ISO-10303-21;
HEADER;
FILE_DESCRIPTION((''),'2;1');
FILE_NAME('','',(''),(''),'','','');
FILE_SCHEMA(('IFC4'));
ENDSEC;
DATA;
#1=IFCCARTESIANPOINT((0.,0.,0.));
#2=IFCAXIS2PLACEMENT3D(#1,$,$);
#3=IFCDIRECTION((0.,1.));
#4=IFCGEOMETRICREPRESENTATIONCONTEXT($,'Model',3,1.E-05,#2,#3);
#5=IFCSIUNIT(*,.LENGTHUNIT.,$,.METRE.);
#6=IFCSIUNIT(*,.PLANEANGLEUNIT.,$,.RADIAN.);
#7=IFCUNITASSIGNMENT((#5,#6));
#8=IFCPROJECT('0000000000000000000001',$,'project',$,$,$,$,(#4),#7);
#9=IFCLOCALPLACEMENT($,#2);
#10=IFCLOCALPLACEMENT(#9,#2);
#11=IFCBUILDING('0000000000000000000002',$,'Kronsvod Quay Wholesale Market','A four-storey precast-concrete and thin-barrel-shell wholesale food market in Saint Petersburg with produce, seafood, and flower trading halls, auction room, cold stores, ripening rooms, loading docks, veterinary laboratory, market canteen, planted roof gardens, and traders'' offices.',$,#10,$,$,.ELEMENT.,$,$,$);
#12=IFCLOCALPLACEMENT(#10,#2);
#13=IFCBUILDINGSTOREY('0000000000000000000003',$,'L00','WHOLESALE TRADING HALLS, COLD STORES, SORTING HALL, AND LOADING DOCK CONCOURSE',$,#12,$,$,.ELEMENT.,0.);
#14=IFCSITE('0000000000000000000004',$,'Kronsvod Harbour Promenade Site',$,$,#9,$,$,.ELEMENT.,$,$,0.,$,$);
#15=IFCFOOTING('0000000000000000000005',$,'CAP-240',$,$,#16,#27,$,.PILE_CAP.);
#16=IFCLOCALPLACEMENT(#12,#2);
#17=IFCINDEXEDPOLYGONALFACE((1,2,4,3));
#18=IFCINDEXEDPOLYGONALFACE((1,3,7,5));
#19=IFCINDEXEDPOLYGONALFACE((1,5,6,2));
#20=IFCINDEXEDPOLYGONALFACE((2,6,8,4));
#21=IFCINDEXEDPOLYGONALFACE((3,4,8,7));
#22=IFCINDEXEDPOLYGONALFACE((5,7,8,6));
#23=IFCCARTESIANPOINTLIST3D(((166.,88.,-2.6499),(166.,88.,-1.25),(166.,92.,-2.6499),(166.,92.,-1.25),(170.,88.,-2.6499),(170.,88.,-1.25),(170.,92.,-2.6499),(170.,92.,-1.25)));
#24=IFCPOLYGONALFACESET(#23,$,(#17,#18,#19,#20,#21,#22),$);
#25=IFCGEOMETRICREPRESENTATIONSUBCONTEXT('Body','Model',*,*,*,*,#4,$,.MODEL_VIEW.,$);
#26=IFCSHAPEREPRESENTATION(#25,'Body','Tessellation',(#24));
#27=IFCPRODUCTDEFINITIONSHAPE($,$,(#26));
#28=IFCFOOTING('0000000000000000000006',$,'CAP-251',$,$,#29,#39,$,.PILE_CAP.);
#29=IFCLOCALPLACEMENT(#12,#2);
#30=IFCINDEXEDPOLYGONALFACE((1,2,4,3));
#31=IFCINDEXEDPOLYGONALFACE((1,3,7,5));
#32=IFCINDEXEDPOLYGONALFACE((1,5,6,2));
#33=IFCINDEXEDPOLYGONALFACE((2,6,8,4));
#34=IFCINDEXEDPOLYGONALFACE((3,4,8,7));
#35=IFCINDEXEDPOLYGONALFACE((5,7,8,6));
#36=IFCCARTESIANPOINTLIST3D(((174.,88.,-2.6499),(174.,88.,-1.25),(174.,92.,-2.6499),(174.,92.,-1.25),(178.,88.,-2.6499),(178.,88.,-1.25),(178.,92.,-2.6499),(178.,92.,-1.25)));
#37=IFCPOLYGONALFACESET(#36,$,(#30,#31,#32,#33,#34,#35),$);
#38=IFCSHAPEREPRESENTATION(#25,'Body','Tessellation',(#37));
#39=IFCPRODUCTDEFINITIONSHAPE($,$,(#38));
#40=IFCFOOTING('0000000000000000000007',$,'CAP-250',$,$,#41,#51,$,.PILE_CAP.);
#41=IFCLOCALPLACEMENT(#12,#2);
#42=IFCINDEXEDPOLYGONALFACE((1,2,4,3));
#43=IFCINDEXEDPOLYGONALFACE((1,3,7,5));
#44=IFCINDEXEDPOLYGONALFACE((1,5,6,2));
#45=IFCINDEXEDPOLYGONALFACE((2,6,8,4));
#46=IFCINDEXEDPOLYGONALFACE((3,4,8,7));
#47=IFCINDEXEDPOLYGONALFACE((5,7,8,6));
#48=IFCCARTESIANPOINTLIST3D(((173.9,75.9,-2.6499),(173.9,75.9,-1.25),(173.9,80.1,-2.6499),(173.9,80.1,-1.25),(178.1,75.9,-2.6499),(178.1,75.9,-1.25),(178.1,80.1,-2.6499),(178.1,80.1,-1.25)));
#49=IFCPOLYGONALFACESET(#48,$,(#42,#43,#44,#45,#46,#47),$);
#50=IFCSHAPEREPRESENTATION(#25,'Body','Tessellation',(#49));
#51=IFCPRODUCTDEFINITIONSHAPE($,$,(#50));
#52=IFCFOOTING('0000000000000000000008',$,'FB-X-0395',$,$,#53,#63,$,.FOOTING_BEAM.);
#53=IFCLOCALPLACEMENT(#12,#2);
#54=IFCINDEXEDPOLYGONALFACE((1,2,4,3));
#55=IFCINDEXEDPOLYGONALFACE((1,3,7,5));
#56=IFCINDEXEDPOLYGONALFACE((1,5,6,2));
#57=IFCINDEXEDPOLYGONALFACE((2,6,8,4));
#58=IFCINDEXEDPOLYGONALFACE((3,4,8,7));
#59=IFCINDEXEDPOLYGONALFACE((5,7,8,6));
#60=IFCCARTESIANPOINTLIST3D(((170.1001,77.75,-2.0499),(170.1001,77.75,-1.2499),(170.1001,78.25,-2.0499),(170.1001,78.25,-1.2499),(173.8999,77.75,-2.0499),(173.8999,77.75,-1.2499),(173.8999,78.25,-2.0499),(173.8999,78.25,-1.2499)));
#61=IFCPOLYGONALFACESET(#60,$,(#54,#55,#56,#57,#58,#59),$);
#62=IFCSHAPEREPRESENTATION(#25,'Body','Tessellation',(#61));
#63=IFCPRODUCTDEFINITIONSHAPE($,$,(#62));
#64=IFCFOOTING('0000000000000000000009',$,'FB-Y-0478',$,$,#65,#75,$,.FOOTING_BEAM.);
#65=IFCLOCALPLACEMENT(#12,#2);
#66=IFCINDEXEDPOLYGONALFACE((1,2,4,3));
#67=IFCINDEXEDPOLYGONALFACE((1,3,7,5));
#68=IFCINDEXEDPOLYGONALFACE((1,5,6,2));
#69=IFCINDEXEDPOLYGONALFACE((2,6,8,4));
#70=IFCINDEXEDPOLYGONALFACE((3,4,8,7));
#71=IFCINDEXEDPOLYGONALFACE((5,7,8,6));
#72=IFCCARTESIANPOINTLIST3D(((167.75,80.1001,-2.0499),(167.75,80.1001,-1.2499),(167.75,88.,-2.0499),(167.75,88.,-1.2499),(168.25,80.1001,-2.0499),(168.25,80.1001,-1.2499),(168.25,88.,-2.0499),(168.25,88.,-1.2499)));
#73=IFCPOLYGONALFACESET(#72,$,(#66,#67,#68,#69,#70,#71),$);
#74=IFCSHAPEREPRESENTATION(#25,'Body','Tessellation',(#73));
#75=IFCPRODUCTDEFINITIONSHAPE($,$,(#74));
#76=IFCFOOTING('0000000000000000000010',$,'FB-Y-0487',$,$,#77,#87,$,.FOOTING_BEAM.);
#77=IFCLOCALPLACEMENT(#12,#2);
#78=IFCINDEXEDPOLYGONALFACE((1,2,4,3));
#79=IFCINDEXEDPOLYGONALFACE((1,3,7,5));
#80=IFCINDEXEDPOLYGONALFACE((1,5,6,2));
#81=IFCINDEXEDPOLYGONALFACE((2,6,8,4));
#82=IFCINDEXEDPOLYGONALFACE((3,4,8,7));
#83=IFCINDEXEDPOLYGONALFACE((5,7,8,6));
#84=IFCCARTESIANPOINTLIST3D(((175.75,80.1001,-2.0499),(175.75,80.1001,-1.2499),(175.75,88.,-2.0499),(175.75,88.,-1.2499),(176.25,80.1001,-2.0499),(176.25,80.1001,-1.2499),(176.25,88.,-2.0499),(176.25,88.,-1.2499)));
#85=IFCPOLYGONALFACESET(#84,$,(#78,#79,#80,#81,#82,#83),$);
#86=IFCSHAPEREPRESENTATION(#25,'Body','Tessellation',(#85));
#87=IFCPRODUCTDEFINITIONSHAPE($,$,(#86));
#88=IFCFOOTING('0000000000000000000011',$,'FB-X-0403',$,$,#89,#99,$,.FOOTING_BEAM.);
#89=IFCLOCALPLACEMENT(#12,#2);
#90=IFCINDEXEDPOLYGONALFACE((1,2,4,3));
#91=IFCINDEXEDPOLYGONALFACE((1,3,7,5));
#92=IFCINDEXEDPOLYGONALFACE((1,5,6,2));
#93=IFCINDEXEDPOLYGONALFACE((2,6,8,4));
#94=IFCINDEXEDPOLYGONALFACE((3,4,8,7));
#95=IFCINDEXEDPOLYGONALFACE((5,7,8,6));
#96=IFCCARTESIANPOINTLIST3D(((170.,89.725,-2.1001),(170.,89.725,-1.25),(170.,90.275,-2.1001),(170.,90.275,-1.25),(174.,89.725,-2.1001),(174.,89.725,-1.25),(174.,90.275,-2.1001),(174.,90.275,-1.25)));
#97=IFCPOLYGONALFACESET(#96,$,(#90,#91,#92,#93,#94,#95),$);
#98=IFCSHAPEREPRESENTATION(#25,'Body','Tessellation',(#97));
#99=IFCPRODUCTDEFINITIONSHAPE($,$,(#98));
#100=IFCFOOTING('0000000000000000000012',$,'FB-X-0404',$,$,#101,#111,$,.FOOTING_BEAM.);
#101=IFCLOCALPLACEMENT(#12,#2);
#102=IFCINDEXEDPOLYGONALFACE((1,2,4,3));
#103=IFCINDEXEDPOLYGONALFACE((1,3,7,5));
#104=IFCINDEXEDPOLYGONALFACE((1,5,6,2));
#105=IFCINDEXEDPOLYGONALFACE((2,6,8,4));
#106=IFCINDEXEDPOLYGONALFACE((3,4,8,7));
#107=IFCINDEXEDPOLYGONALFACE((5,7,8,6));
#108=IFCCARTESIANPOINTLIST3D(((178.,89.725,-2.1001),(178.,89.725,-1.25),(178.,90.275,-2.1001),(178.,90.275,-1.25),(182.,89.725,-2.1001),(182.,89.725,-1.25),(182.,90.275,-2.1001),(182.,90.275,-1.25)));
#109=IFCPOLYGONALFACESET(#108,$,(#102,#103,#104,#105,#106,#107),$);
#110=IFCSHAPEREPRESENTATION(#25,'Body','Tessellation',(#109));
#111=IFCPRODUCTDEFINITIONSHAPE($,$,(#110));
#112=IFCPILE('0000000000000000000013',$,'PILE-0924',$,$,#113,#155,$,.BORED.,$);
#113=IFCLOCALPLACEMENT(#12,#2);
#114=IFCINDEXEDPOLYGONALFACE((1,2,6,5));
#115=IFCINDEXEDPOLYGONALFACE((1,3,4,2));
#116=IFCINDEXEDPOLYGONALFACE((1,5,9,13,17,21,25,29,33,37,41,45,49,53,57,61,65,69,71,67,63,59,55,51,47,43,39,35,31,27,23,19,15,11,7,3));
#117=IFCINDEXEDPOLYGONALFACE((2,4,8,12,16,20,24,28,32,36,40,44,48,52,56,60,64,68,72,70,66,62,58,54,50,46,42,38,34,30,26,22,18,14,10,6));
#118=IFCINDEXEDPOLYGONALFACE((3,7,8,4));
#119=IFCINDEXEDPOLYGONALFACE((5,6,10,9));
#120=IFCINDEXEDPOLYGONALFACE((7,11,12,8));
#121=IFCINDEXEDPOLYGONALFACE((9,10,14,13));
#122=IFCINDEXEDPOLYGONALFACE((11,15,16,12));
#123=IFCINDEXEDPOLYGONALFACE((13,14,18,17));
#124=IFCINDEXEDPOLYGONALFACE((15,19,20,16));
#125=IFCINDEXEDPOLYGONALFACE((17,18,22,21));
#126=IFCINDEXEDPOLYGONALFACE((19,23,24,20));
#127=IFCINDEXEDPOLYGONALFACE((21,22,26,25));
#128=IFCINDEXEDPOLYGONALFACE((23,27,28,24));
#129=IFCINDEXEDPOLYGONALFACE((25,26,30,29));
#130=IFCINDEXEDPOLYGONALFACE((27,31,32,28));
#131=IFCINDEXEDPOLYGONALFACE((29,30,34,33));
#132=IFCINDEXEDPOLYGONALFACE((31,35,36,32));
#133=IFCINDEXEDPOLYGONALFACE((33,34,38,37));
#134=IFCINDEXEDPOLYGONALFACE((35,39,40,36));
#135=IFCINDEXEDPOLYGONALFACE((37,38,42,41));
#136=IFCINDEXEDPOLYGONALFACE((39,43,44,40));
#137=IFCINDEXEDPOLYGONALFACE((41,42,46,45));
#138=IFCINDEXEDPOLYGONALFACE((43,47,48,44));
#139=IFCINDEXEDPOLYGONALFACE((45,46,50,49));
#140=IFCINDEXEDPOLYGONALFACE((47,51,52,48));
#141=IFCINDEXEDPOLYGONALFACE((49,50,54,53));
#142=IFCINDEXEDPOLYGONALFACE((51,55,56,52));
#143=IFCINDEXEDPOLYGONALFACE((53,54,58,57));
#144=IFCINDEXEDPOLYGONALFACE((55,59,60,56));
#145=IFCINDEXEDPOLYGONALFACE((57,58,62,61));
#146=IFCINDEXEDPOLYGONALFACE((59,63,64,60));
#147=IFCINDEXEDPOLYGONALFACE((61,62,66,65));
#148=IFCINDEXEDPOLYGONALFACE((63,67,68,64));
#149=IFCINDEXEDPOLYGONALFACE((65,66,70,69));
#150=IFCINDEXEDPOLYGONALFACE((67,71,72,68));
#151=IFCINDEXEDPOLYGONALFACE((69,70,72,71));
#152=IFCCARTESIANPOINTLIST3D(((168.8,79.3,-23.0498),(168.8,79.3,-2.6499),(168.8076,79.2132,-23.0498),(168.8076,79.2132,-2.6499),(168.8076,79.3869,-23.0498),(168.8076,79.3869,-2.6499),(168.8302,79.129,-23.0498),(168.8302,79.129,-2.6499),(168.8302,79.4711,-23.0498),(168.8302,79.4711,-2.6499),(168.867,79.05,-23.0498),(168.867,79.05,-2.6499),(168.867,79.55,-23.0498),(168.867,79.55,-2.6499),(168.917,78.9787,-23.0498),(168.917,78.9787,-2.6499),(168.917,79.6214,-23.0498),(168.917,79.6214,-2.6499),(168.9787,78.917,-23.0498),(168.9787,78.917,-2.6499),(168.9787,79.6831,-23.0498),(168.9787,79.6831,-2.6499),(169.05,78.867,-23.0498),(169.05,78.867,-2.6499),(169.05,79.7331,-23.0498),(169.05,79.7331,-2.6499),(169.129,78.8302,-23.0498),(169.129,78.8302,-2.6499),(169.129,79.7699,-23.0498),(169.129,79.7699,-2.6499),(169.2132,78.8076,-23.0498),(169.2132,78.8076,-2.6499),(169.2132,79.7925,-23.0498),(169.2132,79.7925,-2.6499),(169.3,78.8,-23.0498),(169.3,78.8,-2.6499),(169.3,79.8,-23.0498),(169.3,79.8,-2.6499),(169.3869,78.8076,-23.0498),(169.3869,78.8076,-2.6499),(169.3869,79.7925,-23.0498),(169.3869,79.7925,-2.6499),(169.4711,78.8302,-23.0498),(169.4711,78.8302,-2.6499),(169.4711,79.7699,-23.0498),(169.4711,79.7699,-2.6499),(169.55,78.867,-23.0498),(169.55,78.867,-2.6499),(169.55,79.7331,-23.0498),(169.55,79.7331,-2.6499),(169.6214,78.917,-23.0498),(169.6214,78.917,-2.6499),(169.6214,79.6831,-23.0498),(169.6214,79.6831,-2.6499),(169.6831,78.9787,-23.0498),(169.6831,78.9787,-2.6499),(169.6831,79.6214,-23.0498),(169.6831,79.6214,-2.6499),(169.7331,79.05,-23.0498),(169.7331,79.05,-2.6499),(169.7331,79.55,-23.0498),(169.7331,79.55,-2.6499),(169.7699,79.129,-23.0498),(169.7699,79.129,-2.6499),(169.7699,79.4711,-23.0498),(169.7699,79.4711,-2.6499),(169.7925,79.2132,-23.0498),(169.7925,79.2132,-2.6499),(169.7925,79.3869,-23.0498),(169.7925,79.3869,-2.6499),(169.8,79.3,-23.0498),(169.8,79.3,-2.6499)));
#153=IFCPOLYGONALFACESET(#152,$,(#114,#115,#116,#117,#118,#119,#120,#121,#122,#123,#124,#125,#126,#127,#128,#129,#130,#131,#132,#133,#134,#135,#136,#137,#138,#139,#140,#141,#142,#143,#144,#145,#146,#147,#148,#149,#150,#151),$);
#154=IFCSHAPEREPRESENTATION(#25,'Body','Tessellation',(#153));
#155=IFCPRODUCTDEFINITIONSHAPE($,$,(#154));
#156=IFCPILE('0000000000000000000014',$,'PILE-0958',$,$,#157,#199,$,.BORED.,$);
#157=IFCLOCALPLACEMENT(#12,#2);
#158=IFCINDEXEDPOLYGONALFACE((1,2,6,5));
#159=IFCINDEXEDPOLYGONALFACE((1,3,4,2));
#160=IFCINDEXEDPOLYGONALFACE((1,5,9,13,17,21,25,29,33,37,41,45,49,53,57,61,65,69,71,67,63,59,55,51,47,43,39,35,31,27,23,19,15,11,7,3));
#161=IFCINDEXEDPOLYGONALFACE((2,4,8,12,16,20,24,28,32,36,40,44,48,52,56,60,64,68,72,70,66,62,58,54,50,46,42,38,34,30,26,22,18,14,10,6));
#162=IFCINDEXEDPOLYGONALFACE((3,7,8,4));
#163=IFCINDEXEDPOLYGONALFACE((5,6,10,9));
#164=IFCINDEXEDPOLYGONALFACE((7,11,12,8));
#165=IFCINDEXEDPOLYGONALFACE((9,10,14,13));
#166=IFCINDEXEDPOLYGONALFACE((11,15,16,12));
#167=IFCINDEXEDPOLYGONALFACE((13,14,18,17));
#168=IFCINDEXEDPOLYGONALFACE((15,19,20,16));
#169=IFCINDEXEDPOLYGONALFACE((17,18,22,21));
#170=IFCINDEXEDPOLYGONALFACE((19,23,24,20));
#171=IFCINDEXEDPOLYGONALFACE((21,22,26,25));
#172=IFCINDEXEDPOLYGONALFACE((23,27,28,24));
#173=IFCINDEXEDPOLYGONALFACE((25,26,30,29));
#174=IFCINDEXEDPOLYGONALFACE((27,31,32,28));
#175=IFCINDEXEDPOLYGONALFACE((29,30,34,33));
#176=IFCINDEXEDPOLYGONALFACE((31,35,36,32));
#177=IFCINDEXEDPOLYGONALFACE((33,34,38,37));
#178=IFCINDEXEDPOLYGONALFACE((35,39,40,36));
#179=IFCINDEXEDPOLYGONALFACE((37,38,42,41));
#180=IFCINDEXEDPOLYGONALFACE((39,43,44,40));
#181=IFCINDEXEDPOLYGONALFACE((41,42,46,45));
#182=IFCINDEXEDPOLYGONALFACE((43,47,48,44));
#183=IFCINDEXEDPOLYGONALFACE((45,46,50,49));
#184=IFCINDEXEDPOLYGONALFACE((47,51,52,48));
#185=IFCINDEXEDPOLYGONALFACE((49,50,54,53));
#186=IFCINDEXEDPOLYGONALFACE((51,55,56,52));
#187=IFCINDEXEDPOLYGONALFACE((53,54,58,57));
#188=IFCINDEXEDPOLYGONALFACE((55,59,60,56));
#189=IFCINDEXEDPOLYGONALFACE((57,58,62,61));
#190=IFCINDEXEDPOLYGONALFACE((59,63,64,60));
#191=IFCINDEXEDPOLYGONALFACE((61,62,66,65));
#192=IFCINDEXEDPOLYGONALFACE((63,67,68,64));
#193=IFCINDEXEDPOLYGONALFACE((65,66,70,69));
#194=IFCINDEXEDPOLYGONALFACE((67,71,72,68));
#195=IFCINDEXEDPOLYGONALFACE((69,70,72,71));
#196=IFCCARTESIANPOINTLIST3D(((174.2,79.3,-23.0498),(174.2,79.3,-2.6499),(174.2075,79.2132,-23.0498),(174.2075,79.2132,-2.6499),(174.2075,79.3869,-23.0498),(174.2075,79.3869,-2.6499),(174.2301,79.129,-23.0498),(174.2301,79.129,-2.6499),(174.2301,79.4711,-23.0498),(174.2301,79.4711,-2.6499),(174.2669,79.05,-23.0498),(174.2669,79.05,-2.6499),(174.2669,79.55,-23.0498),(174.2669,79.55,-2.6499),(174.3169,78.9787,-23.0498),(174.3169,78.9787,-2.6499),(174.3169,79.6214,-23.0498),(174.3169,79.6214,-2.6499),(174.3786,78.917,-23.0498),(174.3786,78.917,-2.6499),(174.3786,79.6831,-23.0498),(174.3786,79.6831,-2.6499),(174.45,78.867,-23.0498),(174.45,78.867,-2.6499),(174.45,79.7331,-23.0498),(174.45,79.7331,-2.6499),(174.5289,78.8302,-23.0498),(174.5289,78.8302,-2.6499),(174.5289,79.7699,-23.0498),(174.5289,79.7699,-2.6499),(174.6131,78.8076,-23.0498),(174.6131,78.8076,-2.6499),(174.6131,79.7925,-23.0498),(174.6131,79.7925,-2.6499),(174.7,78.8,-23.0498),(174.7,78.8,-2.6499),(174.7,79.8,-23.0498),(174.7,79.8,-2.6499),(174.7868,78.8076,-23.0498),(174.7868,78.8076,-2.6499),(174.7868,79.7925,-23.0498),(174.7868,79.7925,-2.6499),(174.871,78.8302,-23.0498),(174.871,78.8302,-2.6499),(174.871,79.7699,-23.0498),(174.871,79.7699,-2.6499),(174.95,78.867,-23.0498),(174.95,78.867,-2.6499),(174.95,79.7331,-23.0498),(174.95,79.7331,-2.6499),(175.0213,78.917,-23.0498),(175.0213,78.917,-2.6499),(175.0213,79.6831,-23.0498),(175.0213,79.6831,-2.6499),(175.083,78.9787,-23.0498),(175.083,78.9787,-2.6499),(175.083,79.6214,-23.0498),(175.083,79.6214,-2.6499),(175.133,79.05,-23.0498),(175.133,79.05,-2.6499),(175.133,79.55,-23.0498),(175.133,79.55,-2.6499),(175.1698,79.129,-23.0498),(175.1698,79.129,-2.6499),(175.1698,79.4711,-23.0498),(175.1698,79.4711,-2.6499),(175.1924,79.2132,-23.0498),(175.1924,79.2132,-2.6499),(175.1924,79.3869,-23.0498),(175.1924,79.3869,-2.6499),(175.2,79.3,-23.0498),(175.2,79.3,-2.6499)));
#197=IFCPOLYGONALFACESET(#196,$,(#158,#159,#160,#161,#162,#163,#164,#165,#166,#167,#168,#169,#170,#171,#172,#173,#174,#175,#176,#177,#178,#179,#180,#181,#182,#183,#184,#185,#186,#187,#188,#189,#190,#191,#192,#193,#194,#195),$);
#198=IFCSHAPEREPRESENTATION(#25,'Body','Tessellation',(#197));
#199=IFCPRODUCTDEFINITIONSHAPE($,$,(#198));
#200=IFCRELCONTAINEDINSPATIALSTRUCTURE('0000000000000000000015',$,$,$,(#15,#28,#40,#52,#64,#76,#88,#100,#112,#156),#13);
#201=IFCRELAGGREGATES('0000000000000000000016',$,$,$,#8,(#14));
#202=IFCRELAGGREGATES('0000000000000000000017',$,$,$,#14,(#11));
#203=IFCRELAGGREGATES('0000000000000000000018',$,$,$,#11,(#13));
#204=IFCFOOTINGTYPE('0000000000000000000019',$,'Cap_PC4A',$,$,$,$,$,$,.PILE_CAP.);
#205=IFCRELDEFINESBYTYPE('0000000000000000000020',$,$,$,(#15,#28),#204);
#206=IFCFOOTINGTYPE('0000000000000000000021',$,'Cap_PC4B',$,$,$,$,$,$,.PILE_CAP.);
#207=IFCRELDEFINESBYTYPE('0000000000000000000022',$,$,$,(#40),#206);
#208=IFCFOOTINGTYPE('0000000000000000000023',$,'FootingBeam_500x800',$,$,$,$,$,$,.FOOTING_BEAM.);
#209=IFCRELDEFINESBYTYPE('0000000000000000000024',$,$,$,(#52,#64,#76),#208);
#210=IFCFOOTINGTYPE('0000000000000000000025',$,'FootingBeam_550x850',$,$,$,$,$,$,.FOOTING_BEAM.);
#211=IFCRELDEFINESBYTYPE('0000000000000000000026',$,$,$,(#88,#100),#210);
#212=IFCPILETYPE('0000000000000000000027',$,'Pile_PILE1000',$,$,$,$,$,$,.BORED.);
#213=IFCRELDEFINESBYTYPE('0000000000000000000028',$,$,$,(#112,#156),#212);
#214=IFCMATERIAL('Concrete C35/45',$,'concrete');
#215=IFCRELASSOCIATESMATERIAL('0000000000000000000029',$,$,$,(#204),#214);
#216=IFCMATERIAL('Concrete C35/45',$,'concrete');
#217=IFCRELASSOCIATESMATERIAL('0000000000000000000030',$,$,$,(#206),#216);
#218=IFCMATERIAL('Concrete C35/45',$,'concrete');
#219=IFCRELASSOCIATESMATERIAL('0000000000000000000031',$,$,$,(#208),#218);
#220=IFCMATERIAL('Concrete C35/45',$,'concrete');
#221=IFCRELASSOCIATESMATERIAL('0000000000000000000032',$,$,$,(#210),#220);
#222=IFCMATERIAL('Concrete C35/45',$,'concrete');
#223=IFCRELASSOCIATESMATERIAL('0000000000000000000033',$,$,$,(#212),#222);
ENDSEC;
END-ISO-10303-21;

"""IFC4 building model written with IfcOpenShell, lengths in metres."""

from ifc_helpers import new_model, si_unit, direction, frame, origin, origin_2d, place, context, subcontext, project, spatial, rectangle, circle, extrude, material, material_profile, profile_set, type_object, element, save


model = new_model("IFC4")

# Units and contexts
model_context = context("Model", 3, precision=1e-05, world=origin(), true_north=direction((0.0, 1.0)))
body_context = subcontext(model_context, "Body", "Model", "MODEL_VIEW")
ifc_project = project(units=[si_unit("LENGTHUNIT", "METRE"), si_unit("PLANEANGLEUNIT", "RADIAN")], contexts=[model_context])

# Site, building, storey
site_placement = place(None, origin())
site = spatial("IfcSite", under=ifc_project, at=site_placement, Name="Kronsvod Harbour Promenade Site", CompositionType="ELEMENT", RefElevation=0.0)
building_placement = place(site_placement, origin())
building = spatial("IfcBuilding", under=site, at=building_placement, Name="Kronsvod Quay Wholesale Market", Description="A four-storey precast-concrete and thin-barrel-shell wholesale food market in Saint Petersburg with produce, seafood, and flower trading halls, auction room, cold stores, ripening rooms, loading docks, veterinary laboratory, market canteen, planted roof gardens, and traders' offices.", CompositionType="ELEMENT")
storey_placement = place(building_placement, origin())
storey = spatial("IfcBuildingStorey", under=building, at=storey_placement, Name="L00", Description="WHOLESALE TRADING HALLS, COLD STORES, SORTING HALL, AND LOADING DOCK CONCOURSE", CompositionType="ELEMENT", Elevation=0.0)

# Footings
ifc_material_1 = material(Name="Concrete C35/45", Category="concrete")
footing_type_1 = type_object("IfcFootingType", Name="Cap_PC4A", PredefinedType="PILE_CAP", material=ifc_material_1)
for number, where, z_axis, x_axis, name in (
    (1, (168.0, 90.0, -2.6499), (0.0, 0.0, 1.0), (1.0, 0.0, 0.0), "CAP-240"),
    (2, (176.0, 90.0, -2.6499), (0.0, 0.0, 1.0), (1.0, 0.0, 0.0), "CAP-251"),
):
    element("IfcFooting", number, at=place(storey_placement, frame(where, z_axis=z_axis, x_axis=x_axis)), inside=storey, type_object=footing_type_1, Name=name, PredefinedType="PILE_CAP", context=body_context, shape_type="SweptSolid", body=[
        extrude(rectangle(XDim=4.0, YDim=4.0, at=origin_2d()), origin(), (0.0, 0.0, 1.0), 1.3999),
    ])
ifc_material_2 = material(Name="Concrete C35/45", Category="concrete")
footing_type_2 = type_object("IfcFootingType", Name="Cap_PC4B", PredefinedType="PILE_CAP", material=ifc_material_2)
footing_1_placement = place(storey_placement, frame((176.0, 78.0, -2.6499), z_axis=(0.0, 0.0, 1.0), x_axis=(1.0, 0.0, 0.0)))
element("IfcFooting", 3, at=footing_1_placement, inside=storey, type_object=footing_type_2, Name="CAP-250", PredefinedType="PILE_CAP", context=body_context, shape_type="SweptSolid", body=[
    extrude(rectangle(XDim=4.2, YDim=4.2, at=origin_2d()), origin(), (0.0, 0.0, 1.0), 1.3999),
])
ifc_material_3 = material(Name="Concrete C35/45", Category="concrete")
ifc_material_profile_1 = material_profile(ifc_material_3, rectangle(XDim=0.5, YDim=0.8, at=origin_2d()), Name="FB-01")
ifc_profile_set_1 = profile_set([ifc_material_profile_1], Name="Concrete C35/45")
footing_type_3 = type_object("IfcFootingType", Name="FootingBeam_500x800", PredefinedType="FOOTING_BEAM", material=ifc_profile_set_1)
footing_2_placement = place(storey_placement, frame((170.1001, 78.0, -1.6499), z_axis=(1.0, 0.0, 0.0), x_axis=(0.0, 1.0, 0.0)))
element("IfcFooting", 4, at=footing_2_placement, inside=storey, type_object=footing_type_3, Name="FB-X-0395", PredefinedType="FOOTING_BEAM", context=body_context, shape_type="SweptSolid", body=[
    extrude(rectangle(XDim=0.5, YDim=0.8, at=origin_2d()), origin(), (0.0, 0.0, 1.0), 3.7998),
])
for number, where, z_axis, x_axis, name in (
    (5, (168.0, 80.1001, -1.6499), (0.0, 1.0, 0.0), (-1.0, 0.0, 0.0), "FB-Y-0478"),
    (6, (176.0, 80.1001, -1.6499), (0.0, 1.0, 0.0), (-1.0, 0.0, 0.0), "FB-Y-0487"),
):
    element("IfcFooting", number, at=place(storey_placement, frame(where, z_axis=z_axis, x_axis=x_axis)), inside=storey, type_object=footing_type_3, Name=name, PredefinedType="FOOTING_BEAM", context=body_context, shape_type="SweptSolid", body=[
        extrude(rectangle(XDim=0.5, YDim=0.8, at=origin_2d()), origin(), (0.0, 0.0, 1.0), 7.8999),
    ])
ifc_material_4 = material(Name="Concrete C35/45", Category="concrete")
ifc_material_profile_2 = material_profile(ifc_material_4, rectangle(XDim=0.55, YDim=0.8501, at=origin_2d()), Name="FB-03")
ifc_profile_set_2 = profile_set([ifc_material_profile_2], Name="Concrete C35/45")
footing_type_4 = type_object("IfcFootingType", Name="FootingBeam_550x850", PredefinedType="FOOTING_BEAM", material=ifc_profile_set_2)
for number, where, z_axis, x_axis, name in (
    (7, (170.0, 90.0, -1.675), (1.0, 0.0, 0.0), (0.0, 1.0, 0.0), "FB-X-0403"),
    (8, (178.0, 90.0, -1.675), (1.0, 0.0, 0.0), (0.0, 1.0, 0.0), "FB-X-0404"),
):
    element("IfcFooting", number, at=place(storey_placement, frame(where, z_axis=z_axis, x_axis=x_axis)), inside=storey, type_object=footing_type_4, Name=name, PredefinedType="FOOTING_BEAM", context=body_context, shape_type="SweptSolid", body=[
        extrude(rectangle(XDim=0.55, YDim=0.8501, at=origin_2d()), origin(), (0.0, 0.0, 1.0), 4.0),
    ])

# Piles
ifc_material_5 = material(Name="Concrete C35/45", Category="concrete")
ifc_material_profile_3 = material_profile(ifc_material_5, circle(Radius=0.5, at=origin_2d()), Name="PILE1000")
ifc_profile_set_3 = profile_set([ifc_material_profile_3], Name="Concrete C35/45")
pile_type_1 = type_object("IfcPileType", Name="Pile_PILE1000", PredefinedType="BORED", material=ifc_profile_set_3)
for number, where, z_axis, x_axis, name in (
    (9, (169.3, 79.3, -2.6499), (0.0, 0.0, -1.0), (1.0, 0.0, 0.0), "PILE-0924"),
    (10, (174.7, 79.3, -2.6499), (0.0, 0.0, -1.0), (1.0, 0.0, 0.0), "PILE-0958"),
):
    element("IfcPile", number, at=place(storey_placement, frame(where, z_axis=z_axis, x_axis=x_axis)), inside=storey, type_object=pile_type_1, Name=name, PredefinedType="BORED", context=body_context, shape_type="SweptSolid", body=[
        extrude(circle(Radius=0.5, at=origin_2d()), origin(), (0.0, 0.0, 1.0), 20.3999),
    ])

save(model, "model.ifc")
